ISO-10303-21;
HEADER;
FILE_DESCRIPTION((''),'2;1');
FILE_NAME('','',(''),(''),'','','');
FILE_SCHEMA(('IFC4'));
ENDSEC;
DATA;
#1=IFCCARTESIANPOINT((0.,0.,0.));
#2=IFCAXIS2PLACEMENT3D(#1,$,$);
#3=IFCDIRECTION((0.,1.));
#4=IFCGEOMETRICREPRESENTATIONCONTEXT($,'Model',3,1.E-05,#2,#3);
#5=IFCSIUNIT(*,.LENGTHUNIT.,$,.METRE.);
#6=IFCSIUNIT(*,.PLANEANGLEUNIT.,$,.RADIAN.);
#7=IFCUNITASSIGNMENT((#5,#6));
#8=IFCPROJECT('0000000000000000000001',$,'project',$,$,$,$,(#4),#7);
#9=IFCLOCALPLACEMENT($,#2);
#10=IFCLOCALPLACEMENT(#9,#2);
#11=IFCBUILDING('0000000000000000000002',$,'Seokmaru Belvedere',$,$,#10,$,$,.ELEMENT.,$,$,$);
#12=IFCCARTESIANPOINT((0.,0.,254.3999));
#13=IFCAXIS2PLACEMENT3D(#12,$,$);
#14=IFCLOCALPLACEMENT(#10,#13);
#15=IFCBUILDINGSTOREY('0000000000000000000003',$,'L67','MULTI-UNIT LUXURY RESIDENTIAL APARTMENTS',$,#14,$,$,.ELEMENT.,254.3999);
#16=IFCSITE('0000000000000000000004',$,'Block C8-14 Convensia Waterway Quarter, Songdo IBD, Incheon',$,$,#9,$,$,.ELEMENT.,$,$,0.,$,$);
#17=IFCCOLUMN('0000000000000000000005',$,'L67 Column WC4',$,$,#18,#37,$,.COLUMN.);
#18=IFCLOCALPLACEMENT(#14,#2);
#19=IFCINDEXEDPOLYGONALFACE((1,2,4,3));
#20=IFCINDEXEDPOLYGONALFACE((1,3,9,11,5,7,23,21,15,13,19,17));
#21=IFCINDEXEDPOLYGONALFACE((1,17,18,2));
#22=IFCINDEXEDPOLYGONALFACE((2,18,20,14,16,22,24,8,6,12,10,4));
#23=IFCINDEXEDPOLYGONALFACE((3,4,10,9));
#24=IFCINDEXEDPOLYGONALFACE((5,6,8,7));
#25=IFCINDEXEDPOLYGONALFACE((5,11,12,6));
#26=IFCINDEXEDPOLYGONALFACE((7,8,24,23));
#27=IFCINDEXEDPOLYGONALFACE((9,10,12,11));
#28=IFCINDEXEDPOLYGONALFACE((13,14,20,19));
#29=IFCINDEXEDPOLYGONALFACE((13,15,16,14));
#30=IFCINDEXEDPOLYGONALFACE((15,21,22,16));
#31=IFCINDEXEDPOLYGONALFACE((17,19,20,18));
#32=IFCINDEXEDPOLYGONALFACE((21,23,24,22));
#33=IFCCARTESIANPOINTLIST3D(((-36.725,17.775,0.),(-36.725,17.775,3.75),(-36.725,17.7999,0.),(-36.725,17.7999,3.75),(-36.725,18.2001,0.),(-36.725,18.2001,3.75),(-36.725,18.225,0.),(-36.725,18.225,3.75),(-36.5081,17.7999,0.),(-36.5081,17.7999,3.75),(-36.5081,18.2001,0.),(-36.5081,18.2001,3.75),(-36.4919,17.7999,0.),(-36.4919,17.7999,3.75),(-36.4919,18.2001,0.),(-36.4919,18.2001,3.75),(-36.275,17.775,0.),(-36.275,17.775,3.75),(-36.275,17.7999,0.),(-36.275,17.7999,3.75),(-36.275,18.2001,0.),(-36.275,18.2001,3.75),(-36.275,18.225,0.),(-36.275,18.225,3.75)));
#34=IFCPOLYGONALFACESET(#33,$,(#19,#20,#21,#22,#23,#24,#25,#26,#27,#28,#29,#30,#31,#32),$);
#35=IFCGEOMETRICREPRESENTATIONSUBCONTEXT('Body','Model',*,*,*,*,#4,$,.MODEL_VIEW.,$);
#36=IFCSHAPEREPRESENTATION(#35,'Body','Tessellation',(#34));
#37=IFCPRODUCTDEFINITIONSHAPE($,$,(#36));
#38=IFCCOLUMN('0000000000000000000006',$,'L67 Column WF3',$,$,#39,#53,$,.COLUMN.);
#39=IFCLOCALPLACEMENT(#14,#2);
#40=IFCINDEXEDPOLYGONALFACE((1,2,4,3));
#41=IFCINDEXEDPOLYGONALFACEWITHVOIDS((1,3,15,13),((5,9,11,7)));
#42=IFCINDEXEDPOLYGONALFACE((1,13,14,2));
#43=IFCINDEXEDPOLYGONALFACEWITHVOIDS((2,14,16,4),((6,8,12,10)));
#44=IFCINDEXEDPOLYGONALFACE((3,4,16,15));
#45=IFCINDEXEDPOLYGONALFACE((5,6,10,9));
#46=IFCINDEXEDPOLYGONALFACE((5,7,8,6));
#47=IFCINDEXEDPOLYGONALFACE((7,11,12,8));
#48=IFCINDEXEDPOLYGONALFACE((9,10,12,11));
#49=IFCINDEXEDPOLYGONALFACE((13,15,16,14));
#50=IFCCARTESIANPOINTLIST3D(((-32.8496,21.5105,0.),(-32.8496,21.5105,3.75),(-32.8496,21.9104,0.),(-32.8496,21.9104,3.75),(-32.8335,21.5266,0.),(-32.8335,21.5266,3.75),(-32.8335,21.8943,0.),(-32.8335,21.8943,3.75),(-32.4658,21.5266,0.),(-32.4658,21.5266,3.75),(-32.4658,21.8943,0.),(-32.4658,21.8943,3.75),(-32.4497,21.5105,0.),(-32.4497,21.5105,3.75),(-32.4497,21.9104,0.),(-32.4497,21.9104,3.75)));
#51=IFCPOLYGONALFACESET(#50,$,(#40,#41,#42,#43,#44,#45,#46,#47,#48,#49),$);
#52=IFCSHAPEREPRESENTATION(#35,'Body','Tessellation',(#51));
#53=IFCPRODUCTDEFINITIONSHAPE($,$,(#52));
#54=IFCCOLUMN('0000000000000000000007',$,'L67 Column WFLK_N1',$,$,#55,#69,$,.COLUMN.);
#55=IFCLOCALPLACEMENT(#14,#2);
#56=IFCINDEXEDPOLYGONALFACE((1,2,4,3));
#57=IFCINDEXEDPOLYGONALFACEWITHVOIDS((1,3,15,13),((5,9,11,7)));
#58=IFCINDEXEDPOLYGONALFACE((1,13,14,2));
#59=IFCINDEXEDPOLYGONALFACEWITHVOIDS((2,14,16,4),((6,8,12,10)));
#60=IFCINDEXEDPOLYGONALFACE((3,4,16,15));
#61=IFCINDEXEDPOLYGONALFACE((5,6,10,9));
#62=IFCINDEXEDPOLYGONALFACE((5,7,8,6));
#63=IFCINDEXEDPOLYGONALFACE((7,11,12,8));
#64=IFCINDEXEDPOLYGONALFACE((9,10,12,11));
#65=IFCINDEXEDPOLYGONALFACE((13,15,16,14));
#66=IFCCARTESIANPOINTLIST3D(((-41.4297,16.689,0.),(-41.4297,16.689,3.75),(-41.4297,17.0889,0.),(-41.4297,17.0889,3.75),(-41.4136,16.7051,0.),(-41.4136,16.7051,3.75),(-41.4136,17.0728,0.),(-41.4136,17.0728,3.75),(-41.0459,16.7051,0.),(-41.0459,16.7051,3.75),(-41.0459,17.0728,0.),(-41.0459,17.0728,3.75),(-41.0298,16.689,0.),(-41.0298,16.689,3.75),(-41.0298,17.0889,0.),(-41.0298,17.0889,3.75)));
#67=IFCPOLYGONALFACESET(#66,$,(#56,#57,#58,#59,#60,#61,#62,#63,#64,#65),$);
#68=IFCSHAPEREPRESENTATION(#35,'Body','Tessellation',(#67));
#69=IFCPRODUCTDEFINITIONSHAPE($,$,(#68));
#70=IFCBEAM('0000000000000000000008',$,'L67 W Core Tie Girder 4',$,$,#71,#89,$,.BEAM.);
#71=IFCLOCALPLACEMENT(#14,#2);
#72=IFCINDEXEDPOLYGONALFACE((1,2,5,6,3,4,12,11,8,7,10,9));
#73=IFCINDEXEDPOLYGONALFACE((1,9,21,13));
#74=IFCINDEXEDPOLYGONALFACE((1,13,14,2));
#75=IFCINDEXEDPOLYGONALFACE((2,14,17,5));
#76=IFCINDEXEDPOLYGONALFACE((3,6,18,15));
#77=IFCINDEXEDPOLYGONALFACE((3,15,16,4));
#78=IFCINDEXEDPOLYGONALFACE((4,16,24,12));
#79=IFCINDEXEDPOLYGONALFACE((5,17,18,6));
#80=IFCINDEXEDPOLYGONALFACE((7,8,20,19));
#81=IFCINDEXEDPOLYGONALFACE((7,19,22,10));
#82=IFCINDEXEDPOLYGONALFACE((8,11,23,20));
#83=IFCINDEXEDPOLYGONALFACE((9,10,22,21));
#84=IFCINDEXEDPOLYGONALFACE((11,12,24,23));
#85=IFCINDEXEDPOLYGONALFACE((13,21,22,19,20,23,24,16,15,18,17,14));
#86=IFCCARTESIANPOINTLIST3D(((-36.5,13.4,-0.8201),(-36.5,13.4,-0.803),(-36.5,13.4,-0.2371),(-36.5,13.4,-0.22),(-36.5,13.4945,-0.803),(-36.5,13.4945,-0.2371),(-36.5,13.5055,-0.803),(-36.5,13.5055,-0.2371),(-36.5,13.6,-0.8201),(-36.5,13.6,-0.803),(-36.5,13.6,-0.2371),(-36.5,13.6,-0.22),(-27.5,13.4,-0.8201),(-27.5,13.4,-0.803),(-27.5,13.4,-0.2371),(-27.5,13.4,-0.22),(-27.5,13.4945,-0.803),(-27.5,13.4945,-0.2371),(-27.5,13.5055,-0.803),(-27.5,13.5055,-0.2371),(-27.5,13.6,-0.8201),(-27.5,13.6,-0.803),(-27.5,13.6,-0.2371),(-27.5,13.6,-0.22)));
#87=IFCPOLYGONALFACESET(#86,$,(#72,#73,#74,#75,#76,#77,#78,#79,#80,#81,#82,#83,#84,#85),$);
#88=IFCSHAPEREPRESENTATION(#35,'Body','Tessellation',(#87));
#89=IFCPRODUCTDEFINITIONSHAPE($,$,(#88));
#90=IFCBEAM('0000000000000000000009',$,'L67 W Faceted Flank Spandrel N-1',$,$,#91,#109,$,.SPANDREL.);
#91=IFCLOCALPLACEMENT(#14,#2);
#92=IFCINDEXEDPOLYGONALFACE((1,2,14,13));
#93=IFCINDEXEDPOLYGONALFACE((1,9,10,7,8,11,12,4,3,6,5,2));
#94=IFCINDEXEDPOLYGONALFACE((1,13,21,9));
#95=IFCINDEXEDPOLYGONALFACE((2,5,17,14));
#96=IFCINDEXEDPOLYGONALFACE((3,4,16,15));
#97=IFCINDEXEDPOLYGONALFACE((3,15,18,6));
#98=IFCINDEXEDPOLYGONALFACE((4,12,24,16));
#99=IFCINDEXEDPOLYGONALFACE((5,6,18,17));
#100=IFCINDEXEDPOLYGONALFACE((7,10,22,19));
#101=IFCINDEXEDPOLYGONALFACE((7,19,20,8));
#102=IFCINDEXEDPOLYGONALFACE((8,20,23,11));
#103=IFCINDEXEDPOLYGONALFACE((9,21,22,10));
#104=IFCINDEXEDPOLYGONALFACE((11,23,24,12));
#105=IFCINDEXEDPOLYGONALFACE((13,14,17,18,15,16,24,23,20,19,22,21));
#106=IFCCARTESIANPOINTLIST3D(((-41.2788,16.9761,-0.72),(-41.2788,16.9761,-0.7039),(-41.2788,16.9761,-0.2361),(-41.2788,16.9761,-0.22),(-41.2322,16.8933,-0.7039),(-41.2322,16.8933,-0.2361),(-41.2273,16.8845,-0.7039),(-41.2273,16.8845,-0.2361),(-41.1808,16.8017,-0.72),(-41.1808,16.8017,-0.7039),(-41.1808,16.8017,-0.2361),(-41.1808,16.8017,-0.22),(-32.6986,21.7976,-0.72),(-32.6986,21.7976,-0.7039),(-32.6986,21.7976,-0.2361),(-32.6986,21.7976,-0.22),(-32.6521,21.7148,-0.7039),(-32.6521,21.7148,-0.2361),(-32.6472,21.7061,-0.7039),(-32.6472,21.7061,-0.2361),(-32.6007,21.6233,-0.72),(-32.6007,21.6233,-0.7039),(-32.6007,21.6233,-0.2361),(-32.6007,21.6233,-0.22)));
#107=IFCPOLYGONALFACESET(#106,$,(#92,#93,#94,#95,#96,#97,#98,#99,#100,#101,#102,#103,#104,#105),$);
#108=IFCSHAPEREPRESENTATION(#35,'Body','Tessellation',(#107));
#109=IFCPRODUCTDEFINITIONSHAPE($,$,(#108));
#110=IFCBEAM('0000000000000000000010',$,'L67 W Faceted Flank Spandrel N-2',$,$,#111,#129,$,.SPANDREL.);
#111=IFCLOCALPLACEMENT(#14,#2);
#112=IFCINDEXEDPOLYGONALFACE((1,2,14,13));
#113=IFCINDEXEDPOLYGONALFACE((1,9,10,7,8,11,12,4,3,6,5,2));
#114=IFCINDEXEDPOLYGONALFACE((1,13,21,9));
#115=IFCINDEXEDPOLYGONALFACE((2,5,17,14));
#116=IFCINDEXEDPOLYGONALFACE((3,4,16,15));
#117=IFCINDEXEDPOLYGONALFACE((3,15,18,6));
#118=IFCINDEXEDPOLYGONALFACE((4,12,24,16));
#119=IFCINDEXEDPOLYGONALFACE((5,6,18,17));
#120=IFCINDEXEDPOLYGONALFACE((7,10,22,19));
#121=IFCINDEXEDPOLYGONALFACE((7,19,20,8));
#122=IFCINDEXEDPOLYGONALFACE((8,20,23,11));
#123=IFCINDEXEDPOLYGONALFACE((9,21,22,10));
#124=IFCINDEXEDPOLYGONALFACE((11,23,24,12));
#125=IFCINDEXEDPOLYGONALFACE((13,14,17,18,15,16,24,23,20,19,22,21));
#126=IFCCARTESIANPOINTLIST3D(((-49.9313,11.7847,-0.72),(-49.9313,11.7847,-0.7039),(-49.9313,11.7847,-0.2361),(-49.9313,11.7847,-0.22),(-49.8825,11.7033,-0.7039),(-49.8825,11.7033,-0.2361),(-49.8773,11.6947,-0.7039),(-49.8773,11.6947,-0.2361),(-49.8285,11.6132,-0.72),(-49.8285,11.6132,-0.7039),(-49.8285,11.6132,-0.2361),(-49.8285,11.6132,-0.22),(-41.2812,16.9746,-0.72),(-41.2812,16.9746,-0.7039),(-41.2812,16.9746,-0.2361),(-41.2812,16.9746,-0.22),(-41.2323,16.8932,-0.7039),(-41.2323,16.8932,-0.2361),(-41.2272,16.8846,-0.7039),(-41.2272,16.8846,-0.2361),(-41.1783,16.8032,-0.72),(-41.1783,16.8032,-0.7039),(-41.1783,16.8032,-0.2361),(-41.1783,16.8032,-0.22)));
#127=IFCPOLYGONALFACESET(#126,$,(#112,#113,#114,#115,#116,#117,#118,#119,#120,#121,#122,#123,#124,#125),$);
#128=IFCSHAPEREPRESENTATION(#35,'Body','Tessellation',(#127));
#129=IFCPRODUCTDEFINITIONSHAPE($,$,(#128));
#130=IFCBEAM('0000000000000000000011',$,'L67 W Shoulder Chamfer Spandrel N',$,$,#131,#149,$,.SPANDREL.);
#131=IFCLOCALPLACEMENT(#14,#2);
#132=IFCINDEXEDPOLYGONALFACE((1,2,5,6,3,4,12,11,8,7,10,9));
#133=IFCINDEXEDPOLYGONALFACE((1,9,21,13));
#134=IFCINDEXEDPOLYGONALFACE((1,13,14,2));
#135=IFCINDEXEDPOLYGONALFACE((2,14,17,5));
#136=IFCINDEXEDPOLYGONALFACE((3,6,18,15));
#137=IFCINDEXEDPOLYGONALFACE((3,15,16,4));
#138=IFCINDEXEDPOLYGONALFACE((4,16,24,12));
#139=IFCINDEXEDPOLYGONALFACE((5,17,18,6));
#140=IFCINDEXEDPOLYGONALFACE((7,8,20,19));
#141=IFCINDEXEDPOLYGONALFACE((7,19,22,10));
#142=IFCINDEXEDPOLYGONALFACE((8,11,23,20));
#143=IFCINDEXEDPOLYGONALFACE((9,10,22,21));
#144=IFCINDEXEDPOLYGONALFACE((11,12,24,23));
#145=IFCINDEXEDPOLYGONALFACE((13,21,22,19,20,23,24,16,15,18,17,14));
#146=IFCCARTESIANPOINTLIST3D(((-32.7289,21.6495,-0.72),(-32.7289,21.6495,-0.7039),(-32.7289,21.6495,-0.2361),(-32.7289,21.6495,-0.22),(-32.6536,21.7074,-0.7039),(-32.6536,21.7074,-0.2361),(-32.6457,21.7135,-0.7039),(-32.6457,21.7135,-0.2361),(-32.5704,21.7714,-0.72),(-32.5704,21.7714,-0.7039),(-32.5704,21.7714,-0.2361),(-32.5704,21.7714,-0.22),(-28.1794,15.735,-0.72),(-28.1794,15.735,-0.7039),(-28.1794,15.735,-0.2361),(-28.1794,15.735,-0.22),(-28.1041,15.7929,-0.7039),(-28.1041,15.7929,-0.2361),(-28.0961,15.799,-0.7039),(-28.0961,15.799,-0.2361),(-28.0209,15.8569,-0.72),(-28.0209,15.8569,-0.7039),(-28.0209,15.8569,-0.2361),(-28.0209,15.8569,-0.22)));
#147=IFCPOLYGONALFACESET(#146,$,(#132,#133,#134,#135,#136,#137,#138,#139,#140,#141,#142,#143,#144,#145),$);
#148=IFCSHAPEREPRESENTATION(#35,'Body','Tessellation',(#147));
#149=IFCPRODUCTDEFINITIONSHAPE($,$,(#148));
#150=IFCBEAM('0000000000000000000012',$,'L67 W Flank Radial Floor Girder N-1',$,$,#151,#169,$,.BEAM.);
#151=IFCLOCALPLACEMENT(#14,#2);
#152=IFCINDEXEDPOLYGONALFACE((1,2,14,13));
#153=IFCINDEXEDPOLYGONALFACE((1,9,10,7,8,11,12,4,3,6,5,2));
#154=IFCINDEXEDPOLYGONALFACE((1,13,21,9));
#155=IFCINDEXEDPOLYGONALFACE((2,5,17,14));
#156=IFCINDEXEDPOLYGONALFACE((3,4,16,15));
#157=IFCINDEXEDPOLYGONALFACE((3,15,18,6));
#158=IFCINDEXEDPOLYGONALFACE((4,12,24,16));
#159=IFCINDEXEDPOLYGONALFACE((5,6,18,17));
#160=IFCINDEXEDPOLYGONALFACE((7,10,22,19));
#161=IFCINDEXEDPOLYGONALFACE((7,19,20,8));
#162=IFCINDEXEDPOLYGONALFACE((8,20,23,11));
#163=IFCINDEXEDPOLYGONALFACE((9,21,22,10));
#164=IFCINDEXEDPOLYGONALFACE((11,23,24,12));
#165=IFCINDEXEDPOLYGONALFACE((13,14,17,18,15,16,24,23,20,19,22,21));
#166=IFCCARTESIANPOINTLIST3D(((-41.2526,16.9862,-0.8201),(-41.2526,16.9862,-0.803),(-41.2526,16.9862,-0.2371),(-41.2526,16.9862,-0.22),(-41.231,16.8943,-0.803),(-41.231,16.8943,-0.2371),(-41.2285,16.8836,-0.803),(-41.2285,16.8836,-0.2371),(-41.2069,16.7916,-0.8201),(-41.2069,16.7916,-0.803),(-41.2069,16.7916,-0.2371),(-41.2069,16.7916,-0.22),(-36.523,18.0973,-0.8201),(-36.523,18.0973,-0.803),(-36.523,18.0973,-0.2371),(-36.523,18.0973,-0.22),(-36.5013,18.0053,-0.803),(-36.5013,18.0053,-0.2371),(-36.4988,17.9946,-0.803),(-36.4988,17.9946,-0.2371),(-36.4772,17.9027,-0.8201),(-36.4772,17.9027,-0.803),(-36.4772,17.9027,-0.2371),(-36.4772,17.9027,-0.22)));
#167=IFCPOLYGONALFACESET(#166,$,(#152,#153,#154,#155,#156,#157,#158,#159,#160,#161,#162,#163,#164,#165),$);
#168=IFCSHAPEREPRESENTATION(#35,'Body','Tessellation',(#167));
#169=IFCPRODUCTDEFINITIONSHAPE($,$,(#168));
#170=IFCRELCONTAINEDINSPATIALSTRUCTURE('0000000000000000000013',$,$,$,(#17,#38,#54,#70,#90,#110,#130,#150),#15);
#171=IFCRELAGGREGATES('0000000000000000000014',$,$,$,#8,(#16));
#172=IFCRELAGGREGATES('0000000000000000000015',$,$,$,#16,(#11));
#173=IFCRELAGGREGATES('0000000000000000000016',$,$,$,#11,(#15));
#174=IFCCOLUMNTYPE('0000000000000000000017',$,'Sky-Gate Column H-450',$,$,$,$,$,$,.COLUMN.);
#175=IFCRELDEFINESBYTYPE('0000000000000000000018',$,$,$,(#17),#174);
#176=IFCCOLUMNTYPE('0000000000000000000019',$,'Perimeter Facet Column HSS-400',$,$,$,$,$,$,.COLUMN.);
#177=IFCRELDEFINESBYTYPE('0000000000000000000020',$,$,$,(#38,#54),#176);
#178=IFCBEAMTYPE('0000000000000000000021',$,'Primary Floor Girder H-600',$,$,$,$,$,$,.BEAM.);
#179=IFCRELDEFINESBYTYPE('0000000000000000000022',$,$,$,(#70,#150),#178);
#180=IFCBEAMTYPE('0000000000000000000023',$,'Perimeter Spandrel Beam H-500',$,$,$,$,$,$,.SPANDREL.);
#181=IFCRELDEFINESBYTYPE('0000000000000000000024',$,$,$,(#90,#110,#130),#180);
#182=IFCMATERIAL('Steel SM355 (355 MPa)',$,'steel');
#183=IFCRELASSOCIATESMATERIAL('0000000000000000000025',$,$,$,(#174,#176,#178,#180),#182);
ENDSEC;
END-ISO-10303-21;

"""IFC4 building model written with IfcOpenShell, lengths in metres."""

from ifc_helpers import new_model, si_unit, direction, frame, origin, origin_2d, place, context, subcontext, project, spatial, hollow_rectangle, i_section, extrude, source, transform, mapped, material, material_profile, profile_set, type_object, type_shapes, element, save


model = new_model("IFC4")

# Units and contexts
model_context = context("Model", 3, precision=1e-05, world=origin(), true_north=direction((0.0, 1.0)))
body_context = subcontext(model_context, "Body", "Model", "MODEL_VIEW")
ifc_project = project(units=[si_unit("LENGTHUNIT", "METRE"), si_unit("PLANEANGLEUNIT", "RADIAN")], contexts=[model_context])

# Site, building, storey
site_placement = place(None, origin())
site = spatial("IfcSite", under=ifc_project, at=site_placement, Name="Block C8-14 Convensia Waterway Quarter, Songdo IBD, Incheon", CompositionType="ELEMENT", RefElevation=0.0)
building_placement = place(site_placement, origin())
building = spatial("IfcBuilding", under=site, at=building_placement, Name="Seokmaru Belvedere", CompositionType="ELEMENT")
storey_placement = place(building_placement, frame((0.0, 0.0, 254.3999)))
storey = spatial("IfcBuildingStorey", under=building, at=storey_placement, Name="L67", Description="MULTI-UNIT LUXURY RESIDENTIAL APARTMENTS", CompositionType="ELEMENT", Elevation=254.3999)

# Columns
ifc_material_1 = material(Name="Steel SM355 (355 MPa)", Category="steel")
ifc_material_profile_1 = material_profile(ifc_material_1, i_section(OverallWidth=0.45, OverallDepth=0.45, WebThickness=0.0161, FlangeThickness=0.0249, at=origin_2d()), Name="H-450x450x16x25")
ifc_profile_set_1 = profile_set([ifc_material_profile_1], Name="Steel SM355 (355 MPa)")
column_type_1 = type_object("IfcColumnType", Name="Sky-Gate Column H-450", PredefinedType="COLUMN", material=ifc_profile_set_1)
shared_shape_1 = source(origin(), body_context, "Body", "SweptSolid", [
    extrude(i_section(OverallWidth=0.45, OverallDepth=0.45, WebThickness=0.0161, FlangeThickness=0.0249, at=origin_2d()), origin(), (0.0, 0.0, 1.0), 3.75),
])
type_shapes(column_type_1, [shared_shape_1])
column_placement = place(storey_placement, frame((-36.5, 18.0, 0.0), z_axis=(0.0, 0.0, 1.0), x_axis=(1.0, 0.0, 0.0)))
element("IfcColumn", 1, at=column_placement, inside=storey, type_object=column_type_1, Name="L67 Column WC4", PredefinedType="COLUMN", context=body_context, shape_type="MappedRepresentation", body=[
    mapped(shared_shape_1, transform((0.0, 0.0, 0.0), scale=1.0)),
])
ifc_material_profile_2 = material_profile(ifc_material_1, hollow_rectangle(XDim=0.3999, YDim=0.3999, WallThickness=0.0161, at=origin_2d()), Name="HSS-400x400x16")
ifc_profile_set_2 = profile_set([ifc_material_profile_2], Name="Steel SM355 (355 MPa)")
column_type_2 = type_object("IfcColumnType", Name="Perimeter Facet Column HSS-400", PredefinedType="COLUMN", material=ifc_profile_set_2)
shared_shape_2 = source(origin(), body_context, "Body", "SweptSolid", [
    extrude(hollow_rectangle(XDim=0.3999, YDim=0.3999, WallThickness=0.0161, at=origin_2d()), origin(), (0.0, 0.0, 1.0), 3.75),
])
type_shapes(column_type_2, [shared_shape_2])
for number, where, z_axis, x_axis, name in (
    (2, (-32.6497, 21.7104, 0.0), (0.0, 0.0, 1.0), (1.0, 0.0, 0.0), "L67 Column WF3"),
    (3, (-41.2297, 16.8889, 0.0), (0.0, 0.0, 1.0), (1.0, 0.0, 0.0), "L67 Column WFLK_N1"),
):
    element("IfcColumn", number, at=place(storey_placement, frame(where, z_axis=z_axis, x_axis=x_axis)), inside=storey, type_object=column_type_2, Name=name, PredefinedType="COLUMN", context=body_context, shape_type="MappedRepresentation", body=[
        mapped(shared_shape_2, transform((0.0, 0.0, 0.0), scale=1.0)),
    ])

# Beams
ifc_material_profile_3 = material_profile(ifc_material_1, i_section(OverallWidth=0.2, OverallDepth=0.6001, WebThickness=0.011, FlangeThickness=0.0171, at=origin_2d()), Name="H-600x200x11x17")
ifc_profile_set_3 = profile_set([ifc_material_profile_3], Name="Steel SM355 (355 MPa)")
beam_type_1 = type_object("IfcBeamType", Name="Primary Floor Girder H-600", PredefinedType="BEAM", material=ifc_profile_set_3)
shared_shape_3 = source(origin(), body_context, "Body", "SweptSolid", [
    extrude(i_section(OverallWidth=0.2, OverallDepth=0.6001, WebThickness=0.011, FlangeThickness=0.0171, at=origin_2d()), origin(), (0.0, 0.0, 1.0), 9.0),
])
beam_1_placement = place(storey_placement, frame((-36.5, 13.5, -0.52), z_axis=(1.0, 0.0, 0.0), x_axis=(0.0, 1.0, 0.0)))
element("IfcBeam", 4, at=beam_1_placement, inside=storey, type_object=beam_type_1, Name="L67 W Core Tie Girder 4", PredefinedType="BEAM", context=body_context, shape_type="MappedRepresentation", body=[
    mapped(shared_shape_3, transform((0.0, 0.0, 0.0), scale=1.0)),
])
ifc_material_profile_4 = material_profile(ifc_material_1, i_section(OverallWidth=0.2, OverallDepth=0.5, WebThickness=0.01, FlangeThickness=0.0161, at=origin_2d()), Name="H-500x200x10x16")
ifc_profile_set_4 = profile_set([ifc_material_profile_4], Name="Steel SM355 (355 MPa)")
beam_type_2 = type_object("IfcBeamType", Name="Perimeter Spandrel Beam H-500", PredefinedType="SPANDREL", material=ifc_profile_set_4)
shared_shape_4 = source(origin(), body_context, "Body", "SweptSolid", [
    extrude(i_section(OverallWidth=0.2, OverallDepth=0.5, WebThickness=0.01, FlangeThickness=0.0161, at=origin_2d()), origin(), (0.0, 0.0, 1.0), 9.842),
])
beam_2_placement = place(storey_placement, frame((-32.6497, 21.7104, -0.47), z_axis=(-0.871782, -0.489894, 0.0), x_axis=(0.489894, -0.871782, 0.0)))
element("IfcBeam", 5, at=beam_2_placement, inside=storey, type_object=beam_type_2, Name="L67 W Faceted Flank Spandrel N-1", PredefinedType="SPANDREL", context=body_context, shape_type="MappedRepresentation", body=[
    mapped(shared_shape_4, transform((0.0, 0.0, 0.0), scale=1.0)),
])
shared_shape_5 = source(origin(), body_context, "Body", "SweptSolid", [
    extrude(i_section(OverallWidth=0.2, OverallDepth=0.5, WebThickness=0.01, FlangeThickness=0.0161, at=origin_2d()), origin(), (0.0, 0.0, 1.0), 10.0876),
])
beam_3_placement = place(storey_placement, frame((-41.2297, 16.8889, -0.47), z_axis=(-0.857499, -0.514485, 0.0), x_axis=(0.514485, -0.857499, 0.0)))
element("IfcBeam", 6, at=beam_3_placement, inside=storey, type_object=beam_type_2, Name="L67 W Faceted Flank Spandrel N-2", PredefinedType="SPANDREL", context=body_context, shape_type="MappedRepresentation", body=[
    mapped(shared_shape_5, transform((0.0, 0.0, 0.0), scale=1.0)),
])
shared_shape_6 = source(origin(), body_context, "Body", "SweptSolid", [
    extrude(i_section(OverallWidth=0.2, OverallDepth=0.5, WebThickness=0.01, FlangeThickness=0.0161, at=origin_2d()), origin(), (0.0, 0.0, 1.0), 7.4619),
])
type_shapes(beam_type_2, [shared_shape_4, shared_shape_5, shared_shape_6])
beam_4_placement = place(storey_placement, frame((-32.6497, 21.7104, -0.47), z_axis=(0.609703, -0.79263, 0.0), x_axis=(0.79263, 0.609703, 0.0)))
element("IfcBeam", 7, at=beam_4_placement, inside=storey, type_object=beam_type_2, Name="L67 W Shoulder Chamfer Spandrel N", PredefinedType="SPANDREL", context=body_context, shape_type="MappedRepresentation", body=[
    mapped(shared_shape_6, transform((0.0, 0.0, 0.0), scale=1.0)),
])
shared_shape_7 = source(origin(), body_context, "Body", "SweptSolid", [
    extrude(i_section(OverallWidth=0.2, OverallDepth=0.6001, WebThickness=0.011, FlangeThickness=0.0171, at=origin_2d()), origin(), (0.0, 0.0, 1.0), 4.8584),
])
type_shapes(beam_type_1, [shared_shape_3, shared_shape_7])
beam_5_placement = place(storey_placement, frame((-41.2297, 16.8889, -0.52), z_axis=(0.973499, 0.228689, 0.0), x_axis=(-0.228689, 0.973499, 0.0)))
element("IfcBeam", 8, at=beam_5_placement, inside=storey, type_object=beam_type_1, Name="L67 W Flank Radial Floor Girder N-1", PredefinedType="BEAM", context=body_context, shape_type="MappedRepresentation", body=[
    mapped(shared_shape_7, transform((0.0, 0.0, 0.0), scale=1.0)),
])

save(model, "model.ifc")
